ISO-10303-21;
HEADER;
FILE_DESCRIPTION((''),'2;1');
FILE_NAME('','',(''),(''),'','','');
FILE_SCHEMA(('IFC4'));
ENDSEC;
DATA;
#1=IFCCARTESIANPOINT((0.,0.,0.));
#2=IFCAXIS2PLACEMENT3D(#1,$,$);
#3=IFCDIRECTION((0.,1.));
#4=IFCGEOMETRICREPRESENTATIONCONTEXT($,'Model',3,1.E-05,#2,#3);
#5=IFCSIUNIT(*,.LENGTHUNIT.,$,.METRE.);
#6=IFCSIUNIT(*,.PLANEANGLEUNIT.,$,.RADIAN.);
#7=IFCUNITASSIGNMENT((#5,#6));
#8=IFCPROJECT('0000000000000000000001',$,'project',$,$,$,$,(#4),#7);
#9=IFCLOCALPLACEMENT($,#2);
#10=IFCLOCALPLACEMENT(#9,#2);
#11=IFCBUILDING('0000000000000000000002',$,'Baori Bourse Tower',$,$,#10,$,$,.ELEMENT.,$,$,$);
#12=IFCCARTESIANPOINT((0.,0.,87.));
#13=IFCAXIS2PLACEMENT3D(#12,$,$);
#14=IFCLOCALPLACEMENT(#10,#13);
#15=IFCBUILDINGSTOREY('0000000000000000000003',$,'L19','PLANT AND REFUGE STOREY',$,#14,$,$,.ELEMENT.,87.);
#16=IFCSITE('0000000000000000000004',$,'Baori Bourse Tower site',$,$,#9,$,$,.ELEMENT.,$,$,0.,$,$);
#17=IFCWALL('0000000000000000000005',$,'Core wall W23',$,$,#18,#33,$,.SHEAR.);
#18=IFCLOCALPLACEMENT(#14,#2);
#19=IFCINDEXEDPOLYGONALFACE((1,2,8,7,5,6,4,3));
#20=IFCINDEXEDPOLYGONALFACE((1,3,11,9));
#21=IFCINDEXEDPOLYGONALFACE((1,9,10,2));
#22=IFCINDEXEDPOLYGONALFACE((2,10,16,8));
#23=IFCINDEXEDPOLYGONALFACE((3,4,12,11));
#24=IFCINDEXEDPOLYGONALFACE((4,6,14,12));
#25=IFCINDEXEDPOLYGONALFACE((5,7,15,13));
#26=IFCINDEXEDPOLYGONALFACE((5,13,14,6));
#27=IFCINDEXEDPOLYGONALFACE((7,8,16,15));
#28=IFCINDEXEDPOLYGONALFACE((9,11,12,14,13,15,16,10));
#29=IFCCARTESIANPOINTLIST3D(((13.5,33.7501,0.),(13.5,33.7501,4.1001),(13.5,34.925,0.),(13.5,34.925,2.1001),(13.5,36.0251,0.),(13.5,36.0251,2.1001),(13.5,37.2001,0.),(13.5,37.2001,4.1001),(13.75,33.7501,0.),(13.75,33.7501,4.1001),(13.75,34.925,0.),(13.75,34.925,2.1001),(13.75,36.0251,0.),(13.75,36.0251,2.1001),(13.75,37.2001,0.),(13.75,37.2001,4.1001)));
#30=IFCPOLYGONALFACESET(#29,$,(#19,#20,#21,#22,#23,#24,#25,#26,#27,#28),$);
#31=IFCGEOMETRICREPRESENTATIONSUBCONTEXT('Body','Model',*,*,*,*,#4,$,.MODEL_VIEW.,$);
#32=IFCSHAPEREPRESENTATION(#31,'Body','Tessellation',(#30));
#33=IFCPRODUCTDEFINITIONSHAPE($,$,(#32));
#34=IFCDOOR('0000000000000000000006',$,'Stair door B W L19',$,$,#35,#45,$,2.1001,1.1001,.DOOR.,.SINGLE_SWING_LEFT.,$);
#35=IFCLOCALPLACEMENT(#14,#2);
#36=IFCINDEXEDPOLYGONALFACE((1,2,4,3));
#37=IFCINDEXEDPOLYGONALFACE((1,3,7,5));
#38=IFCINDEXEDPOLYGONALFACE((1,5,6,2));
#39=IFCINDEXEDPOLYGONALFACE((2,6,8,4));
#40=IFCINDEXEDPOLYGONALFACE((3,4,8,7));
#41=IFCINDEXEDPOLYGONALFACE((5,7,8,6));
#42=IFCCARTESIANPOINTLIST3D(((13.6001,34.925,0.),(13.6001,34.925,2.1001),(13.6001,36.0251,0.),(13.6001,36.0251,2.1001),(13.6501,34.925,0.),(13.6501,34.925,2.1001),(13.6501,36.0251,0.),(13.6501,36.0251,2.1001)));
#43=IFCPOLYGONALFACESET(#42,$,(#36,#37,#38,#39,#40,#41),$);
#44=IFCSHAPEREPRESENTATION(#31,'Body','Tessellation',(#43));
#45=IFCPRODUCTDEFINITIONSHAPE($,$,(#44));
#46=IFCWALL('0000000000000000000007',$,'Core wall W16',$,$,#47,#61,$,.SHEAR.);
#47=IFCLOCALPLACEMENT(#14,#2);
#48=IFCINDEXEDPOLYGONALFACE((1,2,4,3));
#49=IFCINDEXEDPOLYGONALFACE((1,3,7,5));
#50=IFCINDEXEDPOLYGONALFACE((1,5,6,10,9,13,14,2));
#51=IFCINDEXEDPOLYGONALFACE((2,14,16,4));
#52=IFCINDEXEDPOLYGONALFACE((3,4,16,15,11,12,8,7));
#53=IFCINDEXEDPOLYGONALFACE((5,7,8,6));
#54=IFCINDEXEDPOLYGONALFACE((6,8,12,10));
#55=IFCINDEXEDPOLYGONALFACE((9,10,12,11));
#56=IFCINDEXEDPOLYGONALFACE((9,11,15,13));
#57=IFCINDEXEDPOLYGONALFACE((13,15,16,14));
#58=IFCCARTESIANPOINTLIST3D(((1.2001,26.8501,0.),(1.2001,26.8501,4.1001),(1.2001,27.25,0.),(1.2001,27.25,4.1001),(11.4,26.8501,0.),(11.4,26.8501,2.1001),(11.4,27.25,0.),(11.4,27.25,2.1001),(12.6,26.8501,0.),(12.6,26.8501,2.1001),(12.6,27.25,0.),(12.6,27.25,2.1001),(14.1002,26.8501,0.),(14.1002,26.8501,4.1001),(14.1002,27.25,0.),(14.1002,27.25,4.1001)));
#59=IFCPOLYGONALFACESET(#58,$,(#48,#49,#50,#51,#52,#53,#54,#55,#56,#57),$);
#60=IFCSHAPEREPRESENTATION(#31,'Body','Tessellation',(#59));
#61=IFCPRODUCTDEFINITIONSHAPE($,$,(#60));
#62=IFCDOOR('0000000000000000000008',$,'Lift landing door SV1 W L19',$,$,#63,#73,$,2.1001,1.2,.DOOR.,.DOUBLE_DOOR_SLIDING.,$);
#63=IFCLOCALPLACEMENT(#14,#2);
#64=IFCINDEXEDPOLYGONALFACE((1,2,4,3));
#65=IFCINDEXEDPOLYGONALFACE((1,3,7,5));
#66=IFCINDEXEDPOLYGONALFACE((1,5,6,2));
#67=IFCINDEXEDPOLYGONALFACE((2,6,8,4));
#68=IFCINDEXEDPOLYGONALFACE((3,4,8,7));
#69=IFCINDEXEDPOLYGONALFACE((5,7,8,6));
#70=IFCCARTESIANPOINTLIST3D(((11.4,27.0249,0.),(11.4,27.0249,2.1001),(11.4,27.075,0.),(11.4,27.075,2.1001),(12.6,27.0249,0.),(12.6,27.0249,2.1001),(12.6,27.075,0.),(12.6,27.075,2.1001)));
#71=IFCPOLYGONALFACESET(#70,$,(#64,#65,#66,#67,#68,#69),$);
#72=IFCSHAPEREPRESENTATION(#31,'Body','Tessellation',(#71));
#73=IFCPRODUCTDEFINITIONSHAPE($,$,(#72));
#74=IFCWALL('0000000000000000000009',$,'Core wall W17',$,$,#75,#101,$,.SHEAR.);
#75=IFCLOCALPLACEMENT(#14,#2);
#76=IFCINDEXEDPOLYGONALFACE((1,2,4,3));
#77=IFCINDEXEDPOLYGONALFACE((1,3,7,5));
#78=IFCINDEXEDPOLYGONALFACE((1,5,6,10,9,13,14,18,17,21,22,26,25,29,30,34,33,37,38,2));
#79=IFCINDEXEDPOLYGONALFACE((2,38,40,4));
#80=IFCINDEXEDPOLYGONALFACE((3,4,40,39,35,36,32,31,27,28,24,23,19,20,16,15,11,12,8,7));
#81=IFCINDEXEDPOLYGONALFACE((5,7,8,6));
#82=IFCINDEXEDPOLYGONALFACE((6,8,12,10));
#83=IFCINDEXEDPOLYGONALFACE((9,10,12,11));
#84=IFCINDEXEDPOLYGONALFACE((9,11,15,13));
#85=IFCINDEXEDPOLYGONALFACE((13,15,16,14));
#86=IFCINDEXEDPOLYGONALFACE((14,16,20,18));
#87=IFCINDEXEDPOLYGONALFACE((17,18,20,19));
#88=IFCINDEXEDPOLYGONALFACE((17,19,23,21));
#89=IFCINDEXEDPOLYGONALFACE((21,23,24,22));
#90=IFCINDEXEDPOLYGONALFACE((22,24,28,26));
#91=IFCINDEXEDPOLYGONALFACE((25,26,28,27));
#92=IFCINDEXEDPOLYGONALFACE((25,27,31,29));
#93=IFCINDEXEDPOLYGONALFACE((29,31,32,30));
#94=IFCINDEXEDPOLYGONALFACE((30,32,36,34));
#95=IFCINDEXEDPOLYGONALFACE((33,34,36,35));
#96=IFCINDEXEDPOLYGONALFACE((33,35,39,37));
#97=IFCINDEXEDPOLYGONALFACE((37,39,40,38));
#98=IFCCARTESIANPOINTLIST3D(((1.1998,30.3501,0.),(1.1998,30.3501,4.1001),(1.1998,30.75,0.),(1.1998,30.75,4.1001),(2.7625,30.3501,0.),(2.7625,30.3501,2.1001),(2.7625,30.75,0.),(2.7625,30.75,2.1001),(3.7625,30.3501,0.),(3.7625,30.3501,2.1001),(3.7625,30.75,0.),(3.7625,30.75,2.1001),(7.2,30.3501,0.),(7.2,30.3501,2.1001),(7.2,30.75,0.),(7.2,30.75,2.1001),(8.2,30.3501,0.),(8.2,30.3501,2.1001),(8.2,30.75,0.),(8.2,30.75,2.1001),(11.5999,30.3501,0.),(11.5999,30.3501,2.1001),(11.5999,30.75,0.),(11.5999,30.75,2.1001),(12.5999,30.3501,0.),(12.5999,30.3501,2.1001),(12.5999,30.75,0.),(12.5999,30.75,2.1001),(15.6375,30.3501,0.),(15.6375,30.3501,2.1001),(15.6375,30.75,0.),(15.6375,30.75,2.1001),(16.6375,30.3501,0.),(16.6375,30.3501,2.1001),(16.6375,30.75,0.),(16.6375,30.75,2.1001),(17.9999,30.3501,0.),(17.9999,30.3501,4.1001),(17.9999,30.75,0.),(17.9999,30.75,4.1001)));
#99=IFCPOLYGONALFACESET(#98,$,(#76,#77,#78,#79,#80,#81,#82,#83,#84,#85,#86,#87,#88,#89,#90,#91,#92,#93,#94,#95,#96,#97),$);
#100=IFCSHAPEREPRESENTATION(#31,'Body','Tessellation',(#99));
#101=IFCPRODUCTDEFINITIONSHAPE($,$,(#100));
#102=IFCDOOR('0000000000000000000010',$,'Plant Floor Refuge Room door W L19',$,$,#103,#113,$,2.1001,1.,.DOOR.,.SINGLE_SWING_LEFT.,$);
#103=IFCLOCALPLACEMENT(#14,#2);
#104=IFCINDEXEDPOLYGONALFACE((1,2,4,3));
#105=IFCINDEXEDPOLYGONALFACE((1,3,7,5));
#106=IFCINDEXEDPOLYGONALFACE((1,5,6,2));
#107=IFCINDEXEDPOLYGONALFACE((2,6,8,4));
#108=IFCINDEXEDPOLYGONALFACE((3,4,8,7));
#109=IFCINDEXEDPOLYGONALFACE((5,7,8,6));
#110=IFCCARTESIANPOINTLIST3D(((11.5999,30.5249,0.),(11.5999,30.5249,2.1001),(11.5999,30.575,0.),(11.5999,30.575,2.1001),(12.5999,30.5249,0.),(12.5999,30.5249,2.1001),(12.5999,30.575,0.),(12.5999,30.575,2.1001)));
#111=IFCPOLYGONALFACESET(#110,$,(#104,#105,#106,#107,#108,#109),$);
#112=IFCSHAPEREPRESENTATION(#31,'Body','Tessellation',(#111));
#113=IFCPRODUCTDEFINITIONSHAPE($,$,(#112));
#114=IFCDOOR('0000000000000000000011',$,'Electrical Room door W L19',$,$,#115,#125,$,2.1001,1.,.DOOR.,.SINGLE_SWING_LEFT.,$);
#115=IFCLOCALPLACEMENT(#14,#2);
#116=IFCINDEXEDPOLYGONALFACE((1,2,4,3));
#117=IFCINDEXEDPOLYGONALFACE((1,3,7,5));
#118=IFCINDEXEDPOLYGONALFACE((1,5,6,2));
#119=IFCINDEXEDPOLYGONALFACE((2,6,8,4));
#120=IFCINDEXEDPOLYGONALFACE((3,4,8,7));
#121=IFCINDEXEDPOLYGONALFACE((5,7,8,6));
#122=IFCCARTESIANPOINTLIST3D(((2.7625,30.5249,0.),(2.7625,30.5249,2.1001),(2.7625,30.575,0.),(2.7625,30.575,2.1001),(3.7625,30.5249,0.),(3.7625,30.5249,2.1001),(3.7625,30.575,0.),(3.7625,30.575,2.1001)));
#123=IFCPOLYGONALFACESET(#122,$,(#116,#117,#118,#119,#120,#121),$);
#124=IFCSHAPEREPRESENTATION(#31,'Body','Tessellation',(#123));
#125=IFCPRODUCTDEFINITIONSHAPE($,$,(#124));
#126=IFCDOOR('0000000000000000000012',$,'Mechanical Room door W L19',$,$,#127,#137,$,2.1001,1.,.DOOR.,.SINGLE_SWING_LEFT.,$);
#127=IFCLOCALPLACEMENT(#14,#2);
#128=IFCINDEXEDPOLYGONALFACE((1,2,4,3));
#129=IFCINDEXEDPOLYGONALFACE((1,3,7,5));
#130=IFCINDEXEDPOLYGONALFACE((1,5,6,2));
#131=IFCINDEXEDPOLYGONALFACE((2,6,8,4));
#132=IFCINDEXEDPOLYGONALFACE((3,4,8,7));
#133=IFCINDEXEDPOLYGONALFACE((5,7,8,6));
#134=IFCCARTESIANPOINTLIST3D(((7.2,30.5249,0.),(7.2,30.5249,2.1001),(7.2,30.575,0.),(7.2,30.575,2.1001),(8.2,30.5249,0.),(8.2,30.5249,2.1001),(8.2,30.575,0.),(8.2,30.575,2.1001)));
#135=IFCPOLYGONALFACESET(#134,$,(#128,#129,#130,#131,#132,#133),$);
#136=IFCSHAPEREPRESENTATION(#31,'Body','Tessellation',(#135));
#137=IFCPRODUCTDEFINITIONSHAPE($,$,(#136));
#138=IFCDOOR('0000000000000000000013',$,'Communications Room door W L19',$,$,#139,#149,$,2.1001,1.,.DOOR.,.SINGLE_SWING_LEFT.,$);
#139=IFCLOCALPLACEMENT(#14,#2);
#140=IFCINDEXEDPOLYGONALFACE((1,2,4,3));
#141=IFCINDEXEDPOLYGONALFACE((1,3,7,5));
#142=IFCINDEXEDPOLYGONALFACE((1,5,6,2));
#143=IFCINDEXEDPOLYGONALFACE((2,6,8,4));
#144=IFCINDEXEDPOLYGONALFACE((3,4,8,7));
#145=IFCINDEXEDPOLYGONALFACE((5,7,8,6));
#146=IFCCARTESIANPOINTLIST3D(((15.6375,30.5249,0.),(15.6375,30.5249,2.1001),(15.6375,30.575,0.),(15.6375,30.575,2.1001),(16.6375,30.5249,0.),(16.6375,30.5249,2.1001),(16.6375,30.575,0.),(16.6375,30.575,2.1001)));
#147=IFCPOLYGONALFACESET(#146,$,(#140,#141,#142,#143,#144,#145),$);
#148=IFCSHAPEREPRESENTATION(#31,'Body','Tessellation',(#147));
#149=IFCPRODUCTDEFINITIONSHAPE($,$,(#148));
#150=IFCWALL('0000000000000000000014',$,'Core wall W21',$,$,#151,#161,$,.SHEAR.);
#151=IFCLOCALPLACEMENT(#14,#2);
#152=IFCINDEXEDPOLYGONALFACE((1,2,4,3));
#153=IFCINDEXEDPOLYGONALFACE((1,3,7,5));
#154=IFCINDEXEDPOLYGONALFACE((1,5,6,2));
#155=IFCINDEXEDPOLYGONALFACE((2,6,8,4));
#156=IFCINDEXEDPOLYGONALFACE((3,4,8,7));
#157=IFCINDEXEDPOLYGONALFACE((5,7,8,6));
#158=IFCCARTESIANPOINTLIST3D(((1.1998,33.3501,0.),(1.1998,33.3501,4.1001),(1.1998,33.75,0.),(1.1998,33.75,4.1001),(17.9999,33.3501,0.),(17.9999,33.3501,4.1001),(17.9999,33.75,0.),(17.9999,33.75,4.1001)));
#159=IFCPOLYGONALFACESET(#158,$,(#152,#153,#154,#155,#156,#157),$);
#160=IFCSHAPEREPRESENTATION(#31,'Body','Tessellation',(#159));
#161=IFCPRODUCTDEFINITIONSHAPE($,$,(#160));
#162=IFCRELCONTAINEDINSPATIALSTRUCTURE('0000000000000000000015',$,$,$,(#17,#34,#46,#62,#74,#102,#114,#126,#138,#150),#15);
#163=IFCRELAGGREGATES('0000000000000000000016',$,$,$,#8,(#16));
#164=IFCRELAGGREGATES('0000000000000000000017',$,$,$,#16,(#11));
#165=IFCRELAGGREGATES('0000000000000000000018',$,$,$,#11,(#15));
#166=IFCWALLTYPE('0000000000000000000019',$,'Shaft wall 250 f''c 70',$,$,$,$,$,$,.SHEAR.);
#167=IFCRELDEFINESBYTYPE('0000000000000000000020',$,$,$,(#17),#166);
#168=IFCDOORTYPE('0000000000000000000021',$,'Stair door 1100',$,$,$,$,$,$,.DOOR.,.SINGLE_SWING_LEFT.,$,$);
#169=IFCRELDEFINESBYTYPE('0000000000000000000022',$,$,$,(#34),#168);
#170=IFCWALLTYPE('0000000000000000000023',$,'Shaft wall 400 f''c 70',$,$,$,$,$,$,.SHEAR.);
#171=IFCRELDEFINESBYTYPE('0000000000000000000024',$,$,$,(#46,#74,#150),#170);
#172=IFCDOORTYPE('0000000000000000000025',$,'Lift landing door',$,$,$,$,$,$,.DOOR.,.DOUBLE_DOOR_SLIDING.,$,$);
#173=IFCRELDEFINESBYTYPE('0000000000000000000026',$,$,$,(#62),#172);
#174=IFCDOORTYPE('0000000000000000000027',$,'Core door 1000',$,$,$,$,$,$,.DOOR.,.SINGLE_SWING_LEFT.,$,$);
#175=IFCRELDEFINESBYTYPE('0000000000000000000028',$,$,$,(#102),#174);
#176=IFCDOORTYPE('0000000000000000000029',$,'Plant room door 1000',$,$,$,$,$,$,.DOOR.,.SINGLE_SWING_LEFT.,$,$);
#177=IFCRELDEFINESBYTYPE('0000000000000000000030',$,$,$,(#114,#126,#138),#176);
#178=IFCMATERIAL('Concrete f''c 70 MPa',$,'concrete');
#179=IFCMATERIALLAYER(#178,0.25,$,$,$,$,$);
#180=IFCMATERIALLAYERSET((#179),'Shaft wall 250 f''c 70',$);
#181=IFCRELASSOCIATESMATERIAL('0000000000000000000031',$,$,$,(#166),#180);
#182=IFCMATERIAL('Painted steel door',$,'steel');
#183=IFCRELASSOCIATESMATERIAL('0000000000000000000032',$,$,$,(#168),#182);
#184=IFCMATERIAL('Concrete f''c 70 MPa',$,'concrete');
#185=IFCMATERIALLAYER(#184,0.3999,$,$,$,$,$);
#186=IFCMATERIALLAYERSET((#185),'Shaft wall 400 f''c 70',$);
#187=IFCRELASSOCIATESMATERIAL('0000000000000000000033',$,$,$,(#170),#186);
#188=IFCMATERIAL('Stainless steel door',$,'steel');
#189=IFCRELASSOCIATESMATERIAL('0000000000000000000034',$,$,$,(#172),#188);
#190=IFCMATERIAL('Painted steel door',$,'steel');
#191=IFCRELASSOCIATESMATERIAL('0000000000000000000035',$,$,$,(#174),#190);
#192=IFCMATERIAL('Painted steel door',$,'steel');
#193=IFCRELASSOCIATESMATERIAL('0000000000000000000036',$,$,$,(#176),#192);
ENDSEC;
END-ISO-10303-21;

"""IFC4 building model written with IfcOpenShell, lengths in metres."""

from ifc_helpers import new_model, si_unit, direction, frame, frame_2d, origin, place, context, subcontext, project, spatial, rectangle, extrude, material, layer, layer_set, type_object, element, fill, save


model = new_model("IFC4")

# Units and contexts
model_context = context("Model", 3, precision=1e-05, world=origin(), true_north=direction((0.0, 1.0)))
body_context = subcontext(model_context, "Body", "Model", "MODEL_VIEW")
ifc_project = project(units=[si_unit("LENGTHUNIT", "METRE"), si_unit("PLANEANGLEUNIT", "RADIAN")], contexts=[model_context])

# Site, building, storey
site_placement = place(None, origin())
site = spatial("IfcSite", under=ifc_project, at=site_placement, Name="Baori Bourse Tower site", CompositionType="ELEMENT", RefElevation=0.0)
building_placement = place(site_placement, origin())
building = spatial("IfcBuilding", under=site, at=building_placement, Name="Baori Bourse Tower", CompositionType="ELEMENT")
storey_placement = place(building_placement, frame((0.0, 0.0, 87.0)))
storey = spatial("IfcBuildingStorey", under=building, at=storey_placement, Name="L19", Description="PLANT AND REFUGE STOREY", CompositionType="ELEMENT", Elevation=87.0)

# Walls, openings, doors
ifc_material_1 = material(Name="Concrete f'c 70 MPa", Category="concrete")
ifc_layer_1 = layer(ifc_material_1, 0.25)
ifc_layer_set_1 = layer_set([ifc_layer_1], Name="Shaft wall 250 f'c 70")
wall_type_1 = type_object("IfcWallType", Name="Shaft wall 250 f'c 70", PredefinedType="SHEAR", material=ifc_layer_set_1)
wall_1_placement = place(storey_placement, frame((13.625, 33.75, 0.0), z_axis=(0.0, 0.0, 1.0), x_axis=(0.0, 1.0, 0.0)))
wall_1 = element("IfcWall", 1, at=wall_1_placement, inside=storey, type_object=wall_type_1, Name="Core wall W23", PredefinedType="SHEAR", context=body_context, shape_type="SweptSolid", body=[
    extrude(rectangle(XDim=3.45, YDim=0.25, at=frame_2d((1.7251, 0.0))), origin(), (0.0, 0.0, 1.0), 4.1001),
])
opening_1_placement = place(wall_1_placement, frame((1.175, 0.0, 0.0)))
opening_1 = element("IfcOpeningElement", 2, at=opening_1_placement, cuts=wall_1, PredefinedType="OPENING", context=body_context, shape_type="SweptSolid", body=[
    extrude(rectangle(XDim=1.1001, YDim=2.1001, at=frame_2d((0.55, 1.05))), frame((0.0, 0.135, 0.0), z_axis=(0.0, -1.0, 0.0), x_axis=(1.0, 0.0, 0.0)), (0.0, 0.0, 1.0), 0.27),
])
ifc_material_2 = material(Name="Painted steel door", Category="steel")
door_type_1 = type_object("IfcDoorType", Name="Stair door 1100", OperationType="SINGLE_SWING_LEFT", PredefinedType="DOOR", material=ifc_material_2)
door_1_placement = place(opening_1_placement, origin())
door_1 = element("IfcDoor", 3, at=door_1_placement, inside=storey, type_object=door_type_1, Name="Stair door B W L19", OperationType="SINGLE_SWING_LEFT", OverallHeight=2.1001, OverallWidth=1.1001, PredefinedType="DOOR", context=body_context, shape_type="SweptSolid", body=[
    extrude(rectangle(XDim=1.1001, YDim=2.1001, at=frame_2d((0.55, 1.05))), frame((0.0, 0.0249, 0.0), z_axis=(0.0, -1.0, 0.0), x_axis=(1.0, 0.0, 0.0)), (0.0, 0.0, 1.0), 0.05),
])
fill(opening_1, door_1)
ifc_material_3 = material(Name="Concrete f'c 70 MPa", Category="concrete")
ifc_layer_2 = layer(ifc_material_3, 0.3999)
ifc_layer_set_2 = layer_set([ifc_layer_2], Name="Shaft wall 400 f'c 70")
wall_type_2 = type_object("IfcWallType", Name="Shaft wall 400 f'c 70", PredefinedType="SHEAR", material=ifc_layer_set_2)
wall_2_placement = place(storey_placement, frame((1.2, 27.05, 0.0), z_axis=(0.0, 0.0, 1.0), x_axis=(1.0, 0.0, 0.0)))
wall_2 = element("IfcWall", 4, at=wall_2_placement, inside=storey, type_object=wall_type_2, Name="Core wall W16", PredefinedType="SHEAR", context=body_context, shape_type="SweptSolid", body=[
    extrude(rectangle(XDim=12.9001, YDim=0.3999, at=frame_2d((6.4502, 0.0))), origin(), (0.0, 0.0, 1.0), 4.1001),
])
opening_2_placement = place(wall_2_placement, frame((10.2, 0.0, 0.0)))
opening_2 = element("IfcOpeningElement", 5, at=opening_2_placement, cuts=wall_2, PredefinedType="OPENING", context=body_context, shape_type="SweptSolid", body=[
    extrude(rectangle(XDim=1.2, YDim=2.1001, at=frame_2d((0.6001, 1.05))), frame((0.0, 0.21, 0.0), z_axis=(0.0, -1.0, 0.0), x_axis=(1.0, 0.0, 0.0)), (0.0, 0.0, 1.0), 0.4199),
])
ifc_material_4 = material(Name="Stainless steel door", Category="steel")
door_type_2 = type_object("IfcDoorType", Name="Lift landing door", OperationType="DOUBLE_DOOR_SLIDING", PredefinedType="DOOR", material=ifc_material_4)
door_2_placement = place(opening_2_placement, origin())
door_2 = element("IfcDoor", 6, at=door_2_placement, inside=storey, type_object=door_type_2, Name="Lift landing door SV1 W L19", OperationType="DOUBLE_DOOR_SLIDING", OverallHeight=2.1001, OverallWidth=1.2, PredefinedType="DOOR", context=body_context, shape_type="SweptSolid", body=[
    extrude(rectangle(XDim=1.2, YDim=2.1001, at=frame_2d((0.6001, 1.05))), frame((0.0, 0.0249, 0.0), z_axis=(0.0, -1.0, 0.0), x_axis=(1.0, 0.0, 0.0)), (0.0, 0.0, 1.0), 0.05),
])
fill(opening_2, door_2)

# Wall, openings, doors
wall_3_placement = place(storey_placement, frame((1.2, 30.55, 0.0), z_axis=(0.0, 0.0, 1.0), x_axis=(1.0, 0.0, 0.0)))
wall_3 = element("IfcWall", 7, at=wall_3_placement, inside=storey, type_object=wall_type_2, Name="Core wall W17", PredefinedType="SHEAR", context=body_context, shape_type="SweptSolid", body=[
    extrude(rectangle(XDim=16.8, YDim=0.3999, at=frame_2d((8.3999, 0.0))), origin(), (0.0, 0.0, 1.0), 4.1001),
])
opening_3_placement = place(wall_3_placement, frame((1.5625, 0.0, 0.0)))
opening_3 = element("IfcOpeningElement", 8, at=opening_3_placement, cuts=wall_3, PredefinedType="OPENING", context=body_context, shape_type="SweptSolid", body=[
    extrude(rectangle(XDim=1.0, YDim=2.1001, at=frame_2d((0.5, 1.05))), frame((0.0, 0.21, 0.0), z_axis=(0.0, -1.0, 0.0), x_axis=(1.0, 0.0, 0.0)), (0.0, 0.0, 1.0), 0.4199),
])
opening_4_placement = place(wall_3_placement, frame((6.0, 0.0, 0.0)))
opening_4 = element("IfcOpeningElement", 9, at=opening_4_placement, cuts=wall_3, PredefinedType="OPENING", context=body_context, shape_type="SweptSolid", body=[
    extrude(rectangle(XDim=1.0, YDim=2.1001, at=frame_2d((0.5, 1.05))), frame((0.0, 0.21, 0.0), z_axis=(0.0, -1.0, 0.0), x_axis=(1.0, 0.0, 0.0)), (0.0, 0.0, 1.0), 0.4199),
])
opening_5_placement = place(wall_3_placement, frame((10.3999, 0.0, 0.0)))
opening_5 = element("IfcOpeningElement", 10, at=opening_5_placement, cuts=wall_3, PredefinedType="OPENING", context=body_context, shape_type="SweptSolid", body=[
    extrude(rectangle(XDim=1.0, YDim=2.1001, at=frame_2d((0.5, 1.05))), frame((0.0, 0.21, 0.0), z_axis=(0.0, -1.0, 0.0), x_axis=(1.0, 0.0, 0.0)), (0.0, 0.0, 1.0), 0.4199),
])
opening_6_placement = place(wall_3_placement, frame((14.4375, 0.0, 0.0)))
opening_6 = element("IfcOpeningElement", 11, at=opening_6_placement, cuts=wall_3, PredefinedType="OPENING", context=body_context, shape_type="SweptSolid", body=[
    extrude(rectangle(XDim=1.0, YDim=2.1001, at=frame_2d((0.5, 1.05))), frame((0.0, 0.21, 0.0), z_axis=(0.0, -1.0, 0.0), x_axis=(1.0, 0.0, 0.0)), (0.0, 0.0, 1.0), 0.4199),
])
ifc_material_5 = material(Name="Painted steel door", Category="steel")
door_type_3 = type_object("IfcDoorType", Name="Core door 1000", OperationType="SINGLE_SWING_LEFT", PredefinedType="DOOR", material=ifc_material_5)
door_3_placement = place(opening_5_placement, origin())
door_3 = element("IfcDoor", 12, at=door_3_placement, inside=storey, type_object=door_type_3, Name="Plant Floor Refuge Room door W L19", OperationType="SINGLE_SWING_LEFT", OverallHeight=2.1001, OverallWidth=1.0, PredefinedType="DOOR", context=body_context, shape_type="SweptSolid", body=[
    extrude(rectangle(XDim=1.0, YDim=2.1001, at=frame_2d((0.5, 1.05))), frame((0.0, 0.0249, 0.0), z_axis=(0.0, -1.0, 0.0), x_axis=(1.0, 0.0, 0.0)), (0.0, 0.0, 1.0), 0.05),
])
fill(opening_5, door_3)
ifc_material_6 = material(Name="Painted steel door", Category="steel")
door_type_4 = type_object("IfcDoorType", Name="Plant room door 1000", OperationType="SINGLE_SWING_LEFT", PredefinedType="DOOR", material=ifc_material_6)
door_4_placement = place(opening_3_placement, origin())
door_4 = element("IfcDoor", 13, at=door_4_placement, inside=storey, type_object=door_type_4, Name="Electrical Room door W L19", OperationType="SINGLE_SWING_LEFT", OverallHeight=2.1001, OverallWidth=1.0, PredefinedType="DOOR", context=body_context, shape_type="SweptSolid", body=[
    extrude(rectangle(XDim=1.0, YDim=2.1001, at=frame_2d((0.5, 1.05))), frame((0.0, 0.0249, 0.0), z_axis=(0.0, -1.0, 0.0), x_axis=(1.0, 0.0, 0.0)), (0.0, 0.0, 1.0), 0.05),
])
fill(opening_3, door_4)
door_5_placement = place(opening_4_placement, origin())
door_5 = element("IfcDoor", 14, at=door_5_placement, inside=storey, type_object=door_type_4, Name="Mechanical Room door W L19", OperationType="SINGLE_SWING_LEFT", OverallHeight=2.1001, OverallWidth=1.0, PredefinedType="DOOR", context=body_context, shape_type="SweptSolid", body=[
    extrude(rectangle(XDim=1.0, YDim=2.1001, at=frame_2d((0.5, 1.05))), frame((0.0, 0.0249, 0.0), z_axis=(0.0, -1.0, 0.0), x_axis=(1.0, 0.0, 0.0)), (0.0, 0.0, 1.0), 0.05),
])
fill(opening_4, door_5)
door_6_placement = place(opening_6_placement, origin())
door_6 = element("IfcDoor", 15, at=door_6_placement, inside=storey, type_object=door_type_4, Name="Communications Room door W L19", OperationType="SINGLE_SWING_LEFT", OverallHeight=2.1001, OverallWidth=1.0, PredefinedType="DOOR", context=body_context, shape_type="SweptSolid", body=[
    extrude(rectangle(XDim=1.0, YDim=2.1001, at=frame_2d((0.5, 1.05))), frame((0.0, 0.0249, 0.0), z_axis=(0.0, -1.0, 0.0), x_axis=(1.0, 0.0, 0.0)), (0.0, 0.0, 1.0), 0.05),
])
fill(opening_6, door_6)

# Wall
wall_4_placement = place(storey_placement, frame((1.2, 33.55, 0.0), z_axis=(0.0, 0.0, 1.0), x_axis=(1.0, 0.0, 0.0)))
element("IfcWall", 16, at=wall_4_placement, inside=storey, type_object=wall_type_2, Name="Core wall W21", PredefinedType="SHEAR", context=body_context, shape_type="SweptSolid", body=[
    extrude(rectangle(XDim=16.8, YDim=0.3999, at=frame_2d((8.3999, 0.0))), origin(), (0.0, 0.0, 1.0), 4.1001),
])

save(model, "model.ifc")
